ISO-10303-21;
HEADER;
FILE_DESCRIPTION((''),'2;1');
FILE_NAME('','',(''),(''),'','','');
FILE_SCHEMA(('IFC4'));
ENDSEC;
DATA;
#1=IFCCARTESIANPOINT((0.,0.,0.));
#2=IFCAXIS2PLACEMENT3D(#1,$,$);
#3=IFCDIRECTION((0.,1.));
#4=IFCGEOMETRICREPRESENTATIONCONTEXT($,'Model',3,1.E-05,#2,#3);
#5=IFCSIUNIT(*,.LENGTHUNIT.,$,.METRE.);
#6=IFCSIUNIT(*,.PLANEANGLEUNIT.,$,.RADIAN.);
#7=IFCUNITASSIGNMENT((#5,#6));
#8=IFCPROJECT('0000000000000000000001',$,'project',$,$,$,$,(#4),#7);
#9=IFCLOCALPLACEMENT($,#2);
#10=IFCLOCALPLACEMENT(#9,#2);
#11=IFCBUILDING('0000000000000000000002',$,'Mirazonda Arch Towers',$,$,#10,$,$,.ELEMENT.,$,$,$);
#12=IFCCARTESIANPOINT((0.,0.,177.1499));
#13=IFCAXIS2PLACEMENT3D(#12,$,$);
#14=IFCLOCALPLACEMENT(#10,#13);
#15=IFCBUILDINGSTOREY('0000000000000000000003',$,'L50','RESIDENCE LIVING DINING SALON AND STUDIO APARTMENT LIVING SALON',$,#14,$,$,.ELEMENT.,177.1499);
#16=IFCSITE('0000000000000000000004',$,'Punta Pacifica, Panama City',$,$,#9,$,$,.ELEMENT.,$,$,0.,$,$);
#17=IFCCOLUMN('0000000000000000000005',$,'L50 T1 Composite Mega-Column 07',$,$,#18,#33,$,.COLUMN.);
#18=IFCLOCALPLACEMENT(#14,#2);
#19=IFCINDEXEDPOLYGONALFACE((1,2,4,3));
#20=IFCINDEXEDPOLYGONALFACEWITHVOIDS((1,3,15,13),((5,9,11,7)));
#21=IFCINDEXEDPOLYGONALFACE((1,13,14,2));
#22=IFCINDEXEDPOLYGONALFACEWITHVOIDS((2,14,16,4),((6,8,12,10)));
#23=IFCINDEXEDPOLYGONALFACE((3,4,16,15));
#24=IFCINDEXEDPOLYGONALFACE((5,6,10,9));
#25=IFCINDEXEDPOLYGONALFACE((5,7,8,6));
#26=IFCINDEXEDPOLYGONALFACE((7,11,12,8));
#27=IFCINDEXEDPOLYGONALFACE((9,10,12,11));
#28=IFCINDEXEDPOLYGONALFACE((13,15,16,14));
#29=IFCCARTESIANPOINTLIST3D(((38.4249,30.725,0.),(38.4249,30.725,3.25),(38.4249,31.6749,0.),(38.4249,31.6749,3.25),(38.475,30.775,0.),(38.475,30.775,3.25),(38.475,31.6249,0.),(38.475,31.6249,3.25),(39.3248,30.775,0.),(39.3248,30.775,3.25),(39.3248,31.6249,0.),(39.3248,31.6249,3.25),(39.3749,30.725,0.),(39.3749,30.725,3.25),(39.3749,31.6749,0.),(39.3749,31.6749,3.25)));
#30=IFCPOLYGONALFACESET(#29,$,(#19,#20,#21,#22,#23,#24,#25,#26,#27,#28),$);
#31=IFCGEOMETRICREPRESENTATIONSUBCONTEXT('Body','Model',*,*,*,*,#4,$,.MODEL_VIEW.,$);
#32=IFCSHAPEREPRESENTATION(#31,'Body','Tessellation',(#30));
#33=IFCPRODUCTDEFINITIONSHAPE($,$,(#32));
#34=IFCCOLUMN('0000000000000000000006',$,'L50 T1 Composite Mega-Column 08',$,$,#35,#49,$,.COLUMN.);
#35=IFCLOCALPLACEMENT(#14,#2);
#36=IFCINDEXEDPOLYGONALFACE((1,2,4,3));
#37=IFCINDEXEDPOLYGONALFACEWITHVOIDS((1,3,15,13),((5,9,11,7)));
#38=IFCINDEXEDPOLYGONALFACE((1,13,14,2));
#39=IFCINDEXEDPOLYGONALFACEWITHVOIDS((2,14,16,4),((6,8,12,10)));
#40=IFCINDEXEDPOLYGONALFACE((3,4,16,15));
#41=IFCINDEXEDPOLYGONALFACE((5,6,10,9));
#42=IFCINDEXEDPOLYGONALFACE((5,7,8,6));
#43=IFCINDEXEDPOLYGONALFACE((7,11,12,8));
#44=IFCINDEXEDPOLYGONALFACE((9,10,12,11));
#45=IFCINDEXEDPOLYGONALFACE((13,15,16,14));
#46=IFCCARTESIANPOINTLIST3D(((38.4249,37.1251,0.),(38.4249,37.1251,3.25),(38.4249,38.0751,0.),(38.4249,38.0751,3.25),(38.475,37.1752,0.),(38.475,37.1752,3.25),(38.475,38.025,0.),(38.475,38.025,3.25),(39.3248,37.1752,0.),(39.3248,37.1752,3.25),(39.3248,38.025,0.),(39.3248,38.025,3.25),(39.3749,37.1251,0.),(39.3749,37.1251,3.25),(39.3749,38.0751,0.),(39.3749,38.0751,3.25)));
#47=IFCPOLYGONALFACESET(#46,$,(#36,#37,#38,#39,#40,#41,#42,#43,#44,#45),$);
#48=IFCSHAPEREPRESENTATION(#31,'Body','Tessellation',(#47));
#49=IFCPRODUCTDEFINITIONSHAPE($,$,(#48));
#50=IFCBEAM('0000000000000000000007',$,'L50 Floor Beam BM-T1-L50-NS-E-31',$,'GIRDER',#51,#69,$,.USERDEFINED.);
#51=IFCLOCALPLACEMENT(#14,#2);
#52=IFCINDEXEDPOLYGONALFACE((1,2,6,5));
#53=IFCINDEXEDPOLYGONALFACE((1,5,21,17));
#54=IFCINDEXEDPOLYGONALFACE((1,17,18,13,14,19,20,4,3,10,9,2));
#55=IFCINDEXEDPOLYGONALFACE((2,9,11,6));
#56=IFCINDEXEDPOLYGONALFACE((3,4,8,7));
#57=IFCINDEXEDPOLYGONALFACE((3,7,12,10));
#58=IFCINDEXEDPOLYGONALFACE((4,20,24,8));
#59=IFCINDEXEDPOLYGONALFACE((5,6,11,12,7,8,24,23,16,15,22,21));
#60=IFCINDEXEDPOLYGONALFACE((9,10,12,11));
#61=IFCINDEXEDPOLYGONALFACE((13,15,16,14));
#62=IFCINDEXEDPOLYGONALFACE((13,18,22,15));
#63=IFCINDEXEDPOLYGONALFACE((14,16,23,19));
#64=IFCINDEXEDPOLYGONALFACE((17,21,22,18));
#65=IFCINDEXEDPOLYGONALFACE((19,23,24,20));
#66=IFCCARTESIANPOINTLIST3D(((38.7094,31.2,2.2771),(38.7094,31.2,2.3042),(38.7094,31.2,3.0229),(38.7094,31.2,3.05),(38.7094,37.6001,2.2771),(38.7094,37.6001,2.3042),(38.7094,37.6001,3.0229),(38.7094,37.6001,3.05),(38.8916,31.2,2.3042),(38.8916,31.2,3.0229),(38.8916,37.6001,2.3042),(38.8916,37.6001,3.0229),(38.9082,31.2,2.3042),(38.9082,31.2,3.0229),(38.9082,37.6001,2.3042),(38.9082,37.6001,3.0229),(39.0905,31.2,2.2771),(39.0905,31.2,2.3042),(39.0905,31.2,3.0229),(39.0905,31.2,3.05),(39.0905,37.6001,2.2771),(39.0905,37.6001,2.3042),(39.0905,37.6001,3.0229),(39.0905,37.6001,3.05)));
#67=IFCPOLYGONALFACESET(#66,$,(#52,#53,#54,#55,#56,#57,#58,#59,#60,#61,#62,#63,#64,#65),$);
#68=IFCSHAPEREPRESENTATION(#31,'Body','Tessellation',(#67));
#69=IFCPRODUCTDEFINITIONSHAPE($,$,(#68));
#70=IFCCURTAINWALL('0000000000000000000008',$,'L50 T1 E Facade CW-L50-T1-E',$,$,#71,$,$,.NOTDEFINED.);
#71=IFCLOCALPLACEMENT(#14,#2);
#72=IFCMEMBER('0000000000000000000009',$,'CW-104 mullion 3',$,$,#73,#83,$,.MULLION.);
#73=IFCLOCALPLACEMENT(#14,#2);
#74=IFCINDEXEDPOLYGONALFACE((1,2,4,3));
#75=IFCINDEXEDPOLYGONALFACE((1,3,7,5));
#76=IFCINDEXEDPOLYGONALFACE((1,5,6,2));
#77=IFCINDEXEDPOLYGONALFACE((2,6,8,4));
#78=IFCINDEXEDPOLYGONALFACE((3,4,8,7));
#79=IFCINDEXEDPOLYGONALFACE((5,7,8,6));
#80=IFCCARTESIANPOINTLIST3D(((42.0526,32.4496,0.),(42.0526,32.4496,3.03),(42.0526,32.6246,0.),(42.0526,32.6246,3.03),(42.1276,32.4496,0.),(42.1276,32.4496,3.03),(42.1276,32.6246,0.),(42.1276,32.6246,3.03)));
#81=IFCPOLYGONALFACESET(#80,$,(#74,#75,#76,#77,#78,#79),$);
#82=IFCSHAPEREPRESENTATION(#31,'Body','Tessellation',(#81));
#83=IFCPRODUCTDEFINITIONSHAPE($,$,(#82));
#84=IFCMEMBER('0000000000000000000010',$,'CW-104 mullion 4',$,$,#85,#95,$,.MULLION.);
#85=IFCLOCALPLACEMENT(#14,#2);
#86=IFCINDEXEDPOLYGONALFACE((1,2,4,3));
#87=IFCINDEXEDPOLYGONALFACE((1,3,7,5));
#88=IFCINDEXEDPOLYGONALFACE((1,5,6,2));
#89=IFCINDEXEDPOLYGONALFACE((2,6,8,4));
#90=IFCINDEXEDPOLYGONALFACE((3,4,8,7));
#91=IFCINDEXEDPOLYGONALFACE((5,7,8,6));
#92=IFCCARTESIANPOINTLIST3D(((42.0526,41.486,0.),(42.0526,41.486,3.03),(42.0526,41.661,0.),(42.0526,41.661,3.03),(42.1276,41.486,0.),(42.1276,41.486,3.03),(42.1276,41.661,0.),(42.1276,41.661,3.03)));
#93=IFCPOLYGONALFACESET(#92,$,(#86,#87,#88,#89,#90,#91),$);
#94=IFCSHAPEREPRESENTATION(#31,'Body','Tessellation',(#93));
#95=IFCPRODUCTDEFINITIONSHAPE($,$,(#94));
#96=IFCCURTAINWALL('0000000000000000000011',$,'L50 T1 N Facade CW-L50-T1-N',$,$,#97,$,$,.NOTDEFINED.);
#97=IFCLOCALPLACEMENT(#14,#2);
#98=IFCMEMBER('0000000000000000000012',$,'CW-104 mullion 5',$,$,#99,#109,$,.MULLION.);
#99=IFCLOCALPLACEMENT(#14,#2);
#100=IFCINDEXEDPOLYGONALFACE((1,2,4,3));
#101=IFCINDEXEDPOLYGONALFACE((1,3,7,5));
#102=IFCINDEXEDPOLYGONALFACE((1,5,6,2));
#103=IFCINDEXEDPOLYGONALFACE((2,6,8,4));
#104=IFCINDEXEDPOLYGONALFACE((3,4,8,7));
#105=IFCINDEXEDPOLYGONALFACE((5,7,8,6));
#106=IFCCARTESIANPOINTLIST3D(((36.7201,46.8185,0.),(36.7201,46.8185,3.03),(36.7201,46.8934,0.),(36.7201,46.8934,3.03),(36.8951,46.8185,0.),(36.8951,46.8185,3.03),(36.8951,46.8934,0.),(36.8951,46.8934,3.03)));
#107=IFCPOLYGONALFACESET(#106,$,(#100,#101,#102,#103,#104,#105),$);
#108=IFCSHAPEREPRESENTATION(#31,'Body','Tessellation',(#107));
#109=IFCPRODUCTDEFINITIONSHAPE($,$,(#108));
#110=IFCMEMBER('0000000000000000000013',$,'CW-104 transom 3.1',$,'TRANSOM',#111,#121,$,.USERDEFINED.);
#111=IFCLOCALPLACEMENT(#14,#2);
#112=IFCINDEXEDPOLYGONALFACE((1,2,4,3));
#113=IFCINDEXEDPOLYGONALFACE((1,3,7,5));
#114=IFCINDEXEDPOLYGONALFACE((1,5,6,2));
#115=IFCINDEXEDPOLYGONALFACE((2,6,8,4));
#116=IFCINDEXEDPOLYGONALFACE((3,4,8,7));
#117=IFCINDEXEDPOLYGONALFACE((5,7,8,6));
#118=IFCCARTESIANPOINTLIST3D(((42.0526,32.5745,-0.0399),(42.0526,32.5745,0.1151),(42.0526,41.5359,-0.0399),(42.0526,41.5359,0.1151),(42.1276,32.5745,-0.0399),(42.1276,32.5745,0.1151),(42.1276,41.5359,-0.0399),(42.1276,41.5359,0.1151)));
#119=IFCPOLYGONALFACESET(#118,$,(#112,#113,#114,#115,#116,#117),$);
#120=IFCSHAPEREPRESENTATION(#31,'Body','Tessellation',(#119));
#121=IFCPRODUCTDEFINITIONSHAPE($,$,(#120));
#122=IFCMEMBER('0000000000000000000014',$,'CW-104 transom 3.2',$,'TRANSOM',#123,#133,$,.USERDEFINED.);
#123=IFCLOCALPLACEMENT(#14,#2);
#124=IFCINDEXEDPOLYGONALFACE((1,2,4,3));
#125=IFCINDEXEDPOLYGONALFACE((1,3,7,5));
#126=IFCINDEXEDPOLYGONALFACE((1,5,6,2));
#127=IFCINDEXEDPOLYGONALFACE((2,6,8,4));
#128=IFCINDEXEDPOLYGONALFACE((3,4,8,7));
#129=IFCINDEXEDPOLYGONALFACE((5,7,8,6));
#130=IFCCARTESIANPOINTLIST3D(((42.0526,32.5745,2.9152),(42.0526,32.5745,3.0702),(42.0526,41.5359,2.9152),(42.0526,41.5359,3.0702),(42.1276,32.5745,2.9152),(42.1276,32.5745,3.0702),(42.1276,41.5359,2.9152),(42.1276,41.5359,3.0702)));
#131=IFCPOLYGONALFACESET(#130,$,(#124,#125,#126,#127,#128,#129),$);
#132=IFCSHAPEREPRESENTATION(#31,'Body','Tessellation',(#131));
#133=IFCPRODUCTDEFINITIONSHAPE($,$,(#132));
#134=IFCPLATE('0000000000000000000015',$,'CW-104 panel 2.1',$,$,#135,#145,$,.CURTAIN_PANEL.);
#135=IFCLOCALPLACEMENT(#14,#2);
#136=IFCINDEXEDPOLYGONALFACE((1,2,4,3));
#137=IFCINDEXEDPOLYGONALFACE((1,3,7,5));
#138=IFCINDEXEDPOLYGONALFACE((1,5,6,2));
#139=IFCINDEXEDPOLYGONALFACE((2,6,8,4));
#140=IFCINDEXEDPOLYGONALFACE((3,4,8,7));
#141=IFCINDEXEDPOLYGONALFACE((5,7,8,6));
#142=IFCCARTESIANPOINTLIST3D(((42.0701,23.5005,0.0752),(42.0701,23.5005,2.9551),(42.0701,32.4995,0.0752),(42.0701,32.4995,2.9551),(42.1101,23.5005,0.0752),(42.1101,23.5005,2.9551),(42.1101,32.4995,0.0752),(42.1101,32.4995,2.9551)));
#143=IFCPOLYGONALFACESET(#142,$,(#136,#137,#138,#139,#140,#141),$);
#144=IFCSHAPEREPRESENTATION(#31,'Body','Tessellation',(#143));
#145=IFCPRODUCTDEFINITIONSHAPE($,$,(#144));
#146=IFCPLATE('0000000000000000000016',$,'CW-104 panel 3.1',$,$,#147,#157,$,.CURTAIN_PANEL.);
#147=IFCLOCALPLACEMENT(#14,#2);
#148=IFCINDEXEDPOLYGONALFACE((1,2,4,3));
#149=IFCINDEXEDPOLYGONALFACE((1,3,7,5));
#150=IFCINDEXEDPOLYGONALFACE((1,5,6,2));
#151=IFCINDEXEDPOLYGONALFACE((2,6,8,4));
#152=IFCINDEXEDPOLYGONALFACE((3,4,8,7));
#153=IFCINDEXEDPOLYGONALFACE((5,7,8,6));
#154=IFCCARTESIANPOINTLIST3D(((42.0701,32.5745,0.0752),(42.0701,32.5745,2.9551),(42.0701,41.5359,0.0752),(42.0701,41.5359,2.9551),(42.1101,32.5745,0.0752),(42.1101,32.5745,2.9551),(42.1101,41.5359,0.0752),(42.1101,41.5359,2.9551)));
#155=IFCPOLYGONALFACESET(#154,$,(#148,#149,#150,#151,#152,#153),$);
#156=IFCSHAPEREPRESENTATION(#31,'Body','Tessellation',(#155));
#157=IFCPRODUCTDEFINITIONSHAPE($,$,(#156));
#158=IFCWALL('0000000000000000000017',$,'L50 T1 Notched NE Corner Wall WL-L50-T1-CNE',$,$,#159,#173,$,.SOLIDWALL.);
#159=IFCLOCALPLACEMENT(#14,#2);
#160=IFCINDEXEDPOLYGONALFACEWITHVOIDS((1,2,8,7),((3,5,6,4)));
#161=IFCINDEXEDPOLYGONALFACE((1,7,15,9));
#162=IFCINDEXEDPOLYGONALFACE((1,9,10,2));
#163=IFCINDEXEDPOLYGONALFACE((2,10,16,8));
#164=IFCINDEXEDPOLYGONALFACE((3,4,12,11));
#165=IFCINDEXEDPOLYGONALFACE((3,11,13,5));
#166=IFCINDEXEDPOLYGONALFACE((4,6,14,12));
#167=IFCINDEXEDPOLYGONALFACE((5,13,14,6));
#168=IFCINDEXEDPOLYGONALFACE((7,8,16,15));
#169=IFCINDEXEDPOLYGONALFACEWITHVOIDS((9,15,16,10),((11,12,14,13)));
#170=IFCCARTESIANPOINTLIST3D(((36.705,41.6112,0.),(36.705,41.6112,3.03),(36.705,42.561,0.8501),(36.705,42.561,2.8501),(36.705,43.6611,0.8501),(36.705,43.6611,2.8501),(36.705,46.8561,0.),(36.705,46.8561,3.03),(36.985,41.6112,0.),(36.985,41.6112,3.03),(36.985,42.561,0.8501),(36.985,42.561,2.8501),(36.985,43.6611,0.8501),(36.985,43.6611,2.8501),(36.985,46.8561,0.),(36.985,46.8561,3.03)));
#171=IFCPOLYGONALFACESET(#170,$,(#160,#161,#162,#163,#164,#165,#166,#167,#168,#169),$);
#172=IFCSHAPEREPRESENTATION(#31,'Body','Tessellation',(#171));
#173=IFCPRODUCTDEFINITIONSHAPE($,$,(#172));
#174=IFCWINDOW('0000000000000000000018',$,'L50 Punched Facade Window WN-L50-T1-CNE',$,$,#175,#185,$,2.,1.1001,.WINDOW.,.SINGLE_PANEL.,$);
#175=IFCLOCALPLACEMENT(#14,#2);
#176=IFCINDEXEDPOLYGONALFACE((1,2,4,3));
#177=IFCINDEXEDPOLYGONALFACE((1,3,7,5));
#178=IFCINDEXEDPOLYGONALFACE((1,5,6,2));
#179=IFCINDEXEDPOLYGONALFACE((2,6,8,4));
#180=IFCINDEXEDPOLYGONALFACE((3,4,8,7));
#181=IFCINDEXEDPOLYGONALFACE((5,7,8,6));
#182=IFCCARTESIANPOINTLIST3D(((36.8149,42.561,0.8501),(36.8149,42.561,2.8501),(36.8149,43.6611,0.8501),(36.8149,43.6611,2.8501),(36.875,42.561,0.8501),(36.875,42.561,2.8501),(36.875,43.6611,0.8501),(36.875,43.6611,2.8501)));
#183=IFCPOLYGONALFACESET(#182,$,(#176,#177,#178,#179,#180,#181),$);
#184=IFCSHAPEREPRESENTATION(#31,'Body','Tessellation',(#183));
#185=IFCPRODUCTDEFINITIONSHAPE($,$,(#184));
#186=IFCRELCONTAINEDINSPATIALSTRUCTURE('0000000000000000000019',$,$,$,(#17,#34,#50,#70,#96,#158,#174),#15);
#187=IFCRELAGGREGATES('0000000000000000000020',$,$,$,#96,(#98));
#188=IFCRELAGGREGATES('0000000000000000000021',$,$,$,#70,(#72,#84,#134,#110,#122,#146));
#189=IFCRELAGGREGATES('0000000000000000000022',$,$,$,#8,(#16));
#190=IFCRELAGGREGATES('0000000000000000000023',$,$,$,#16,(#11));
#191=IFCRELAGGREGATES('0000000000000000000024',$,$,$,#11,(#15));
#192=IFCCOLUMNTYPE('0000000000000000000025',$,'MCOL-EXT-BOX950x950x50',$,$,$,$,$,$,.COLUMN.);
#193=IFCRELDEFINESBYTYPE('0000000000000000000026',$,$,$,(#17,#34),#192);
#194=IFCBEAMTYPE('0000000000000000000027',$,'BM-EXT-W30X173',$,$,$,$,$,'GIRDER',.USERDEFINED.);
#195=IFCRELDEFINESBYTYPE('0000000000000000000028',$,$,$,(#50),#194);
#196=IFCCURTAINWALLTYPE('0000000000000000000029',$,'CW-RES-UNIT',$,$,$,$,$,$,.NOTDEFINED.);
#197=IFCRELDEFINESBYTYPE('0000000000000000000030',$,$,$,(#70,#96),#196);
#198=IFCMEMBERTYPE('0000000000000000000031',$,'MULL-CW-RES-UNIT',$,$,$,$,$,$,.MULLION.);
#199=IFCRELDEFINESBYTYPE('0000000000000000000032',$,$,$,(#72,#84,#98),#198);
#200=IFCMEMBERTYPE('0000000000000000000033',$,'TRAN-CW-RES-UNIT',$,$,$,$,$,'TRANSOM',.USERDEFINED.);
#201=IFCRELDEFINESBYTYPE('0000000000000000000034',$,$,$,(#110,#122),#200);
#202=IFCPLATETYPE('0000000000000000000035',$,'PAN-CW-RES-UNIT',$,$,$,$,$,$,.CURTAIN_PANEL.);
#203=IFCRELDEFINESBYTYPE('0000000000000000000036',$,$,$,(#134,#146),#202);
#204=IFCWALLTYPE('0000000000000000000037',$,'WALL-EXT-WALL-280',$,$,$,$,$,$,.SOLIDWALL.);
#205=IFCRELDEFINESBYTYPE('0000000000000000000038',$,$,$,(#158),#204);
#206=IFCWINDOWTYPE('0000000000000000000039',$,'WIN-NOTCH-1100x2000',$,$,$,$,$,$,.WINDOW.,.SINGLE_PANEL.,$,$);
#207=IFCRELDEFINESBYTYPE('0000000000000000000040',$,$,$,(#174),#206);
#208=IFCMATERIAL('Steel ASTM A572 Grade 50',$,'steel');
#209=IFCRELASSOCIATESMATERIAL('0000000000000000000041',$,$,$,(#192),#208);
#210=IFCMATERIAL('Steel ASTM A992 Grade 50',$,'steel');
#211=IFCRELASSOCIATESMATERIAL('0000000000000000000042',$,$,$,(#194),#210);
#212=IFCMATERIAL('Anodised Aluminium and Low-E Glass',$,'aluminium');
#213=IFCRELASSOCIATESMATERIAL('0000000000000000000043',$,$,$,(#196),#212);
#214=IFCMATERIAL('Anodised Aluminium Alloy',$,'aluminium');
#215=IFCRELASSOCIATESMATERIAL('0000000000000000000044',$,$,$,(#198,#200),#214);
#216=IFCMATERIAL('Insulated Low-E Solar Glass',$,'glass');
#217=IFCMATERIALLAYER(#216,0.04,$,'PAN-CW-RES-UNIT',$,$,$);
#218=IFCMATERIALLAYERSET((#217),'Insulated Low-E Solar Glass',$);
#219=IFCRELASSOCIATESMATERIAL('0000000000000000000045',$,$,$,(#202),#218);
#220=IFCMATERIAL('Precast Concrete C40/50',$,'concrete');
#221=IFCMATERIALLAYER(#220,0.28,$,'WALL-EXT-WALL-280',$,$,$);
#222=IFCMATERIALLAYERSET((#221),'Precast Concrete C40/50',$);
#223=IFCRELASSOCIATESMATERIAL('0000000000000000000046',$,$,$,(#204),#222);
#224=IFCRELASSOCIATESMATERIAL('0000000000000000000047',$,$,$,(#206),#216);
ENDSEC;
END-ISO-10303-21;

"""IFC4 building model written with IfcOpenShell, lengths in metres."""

from ifc_helpers import new_model, si_unit, direction, frame, frame_2d, origin, origin_2d, place, context, subcontext, project, spatial, rectangle, hollow_rectangle, i_section, extrude, material, layer, layer_set, material_profile, profile_set, type_object, element, fill, aggregate, save


model = new_model("IFC4")

# Units and contexts
model_context = context("Model", 3, precision=1e-05, world=origin(), true_north=direction((0.0, 1.0)))
body_context = subcontext(model_context, "Body", "Model", "MODEL_VIEW")
ifc_project = project(units=[si_unit("LENGTHUNIT", "METRE"), si_unit("PLANEANGLEUNIT", "RADIAN")], contexts=[model_context])

# Site, building, storey
site_placement = place(None, origin())
site = spatial("IfcSite", under=ifc_project, at=site_placement, Name="Punta Pacifica, Panama City", CompositionType="ELEMENT", RefElevation=0.0)
building_placement = place(site_placement, origin())
building = spatial("IfcBuilding", under=site, at=building_placement, Name="Mirazonda Arch Towers", CompositionType="ELEMENT")
storey_placement = place(building_placement, frame((0.0, 0.0, 177.1499)))
storey = spatial("IfcBuildingStorey", under=building, at=storey_placement, Name="L50", Description="RESIDENCE LIVING DINING SALON AND STUDIO APARTMENT LIVING SALON", CompositionType="ELEMENT", Elevation=177.1499)

# Columns
ifc_material_1 = material(Name="Steel ASTM A572 Grade 50", Category="steel")
ifc_material_profile_1 = material_profile(ifc_material_1, hollow_rectangle(XDim=0.95, YDim=0.95, WallThickness=0.05, at=origin_2d()), Name="BOX950x950x50")
ifc_profile_set_1 = profile_set([ifc_material_profile_1], Name="Steel ASTM A572 Grade 50")
column_type = type_object("IfcColumnType", Name="MCOL-EXT-BOX950x950x50", PredefinedType="COLUMN", material=ifc_profile_set_1)
for number, where, z_axis, x_axis, name in (
    (1, (38.8999, 31.2, 0.0), (0.0, 0.0, 1.0), (1.0, 0.0, 0.0), "L50 T1 Composite Mega-Column 07"),
    (2, (38.8999, 37.6001, 0.0), (0.0, 0.0, 1.0), (1.0, 0.0, 0.0), "L50 T1 Composite Mega-Column 08"),
):
    element("IfcColumn", number, at=place(storey_placement, frame(where, z_axis=z_axis, x_axis=x_axis)), inside=storey, type_object=column_type, Name=name, PredefinedType="COLUMN", context=body_context, shape_type="SweptSolid", body=[
        extrude(hollow_rectangle(XDim=0.95, YDim=0.95, WallThickness=0.05, at=origin_2d()), origin(), (0.0, 0.0, 1.0), 3.25),
    ])

# Beam
ifc_material_2 = material(Name="Steel ASTM A992 Grade 50", Category="steel")
ifc_material_profile_2 = material_profile(ifc_material_2, i_section(OverallWidth=0.3811, OverallDepth=0.7729, WebThickness=0.0166, FlangeThickness=0.0271, at=origin_2d()), Name="W30X173")
ifc_profile_set_2 = profile_set([ifc_material_profile_2], Name="Steel ASTM A992 Grade 50")
beam_type = type_object("IfcBeamType", Name="BM-EXT-W30X173", ElementType="GIRDER", PredefinedType="USERDEFINED", material=ifc_profile_set_2)
beam_placement = place(storey_placement, frame((38.8999, 31.2, 2.6636), z_axis=(0.0, 1.0, 0.0), x_axis=(-1.0, 0.0, 0.0)))
element("IfcBeam", 3, at=beam_placement, inside=storey, type_object=beam_type, Name="L50 Floor Beam BM-T1-L50-NS-E-31", ObjectType="GIRDER", PredefinedType="USERDEFINED", context=body_context, shape_type="SweptSolid", body=[
    extrude(i_section(OverallWidth=0.3811, OverallDepth=0.7729, WebThickness=0.0166, FlangeThickness=0.0271, at=origin_2d()), origin(), (0.0, 0.0, 1.0), 6.4001),
])

# Curtain wall, members
ifc_material_3 = material(Name="Anodised Aluminium and Low-E Glass", Category="aluminium")
curtain_wall_type = type_object("IfcCurtainWallType", Name="CW-RES-UNIT", PredefinedType="NOTDEFINED", material=ifc_material_3)
curtain_wall_1_placement = place(storey_placement, origin())
curtain_wall_1 = element("IfcCurtainWall", 4, at=curtain_wall_1_placement, inside=storey, type_object=curtain_wall_type, Name="L50 T1 E Facade CW-L50-T1-E", PredefinedType="NOTDEFINED")
ifc_material_4 = material(Name="Anodised Aluminium Alloy", Category="aluminium")
ifc_material_profile_3 = material_profile(ifc_material_4, rectangle(XDim=0.075, YDim=0.175, at=origin_2d()), Name="ALU-MULL-75x175")
ifc_profile_set_3 = profile_set([ifc_material_profile_3], Name="Anodised Aluminium Alloy")
member_type_1 = type_object("IfcMemberType", Name="MULL-CW-RES-UNIT", PredefinedType="MULLION", material=ifc_profile_set_3)
member_1_placement = place(storey_placement, frame((42.0901, 32.5371, 0.0), z_axis=(0.0, 0.0, 1.0), x_axis=(-1.0, 0.0, 0.0)))
member_1 = element("IfcMember", 5, at=member_1_placement, type_object=member_type_1, Name="CW-104 mullion 3", PredefinedType="MULLION", context=body_context, shape_type="SweptSolid", body=[
    extrude(rectangle(XDim=0.075, YDim=0.175, at=origin_2d()), origin(), (0.0, 0.0, 1.0), 3.03),
])
member_2_placement = place(storey_placement, frame((42.0901, 41.5735, 0.0), z_axis=(0.0, 0.0, 1.0), x_axis=(-1.0, 0.0, 0.0)))
member_2 = element("IfcMember", 6, at=member_2_placement, type_object=member_type_1, Name="CW-104 mullion 4", PredefinedType="MULLION", context=body_context, shape_type="SweptSolid", body=[
    extrude(rectangle(XDim=0.075, YDim=0.175, at=origin_2d()), origin(), (0.0, 0.0, 1.0), 3.03),
])

# Curtain wall, member
curtain_wall_2_placement = place(storey_placement, origin())
curtain_wall_2 = element("IfcCurtainWall", 7, at=curtain_wall_2_placement, inside=storey, type_object=curtain_wall_type, Name="L50 T1 N Facade CW-L50-T1-N", PredefinedType="NOTDEFINED")
member_3_placement = place(storey_placement, frame((36.8076, 46.856, 0.0), z_axis=(0.0, 0.0, 1.0), x_axis=(0.0, 1.0, 0.0)))
member_3 = element("IfcMember", 8, at=member_3_placement, type_object=member_type_1, Name="CW-104 mullion 5", PredefinedType="MULLION", context=body_context, shape_type="SweptSolid", body=[
    extrude(rectangle(XDim=0.075, YDim=0.175, at=origin_2d()), origin(), (0.0, 0.0, 1.0), 3.03),
])
aggregate(curtain_wall_2, [member_3])

# Members
ifc_material_profile_4 = material_profile(ifc_material_4, rectangle(XDim=0.075, YDim=0.155, at=origin_2d()), Name="ALU-TRAN-75x155")
ifc_profile_set_4 = profile_set([ifc_material_profile_4], Name="Anodised Aluminium Alloy")
member_type_2 = type_object("IfcMemberType", Name="TRAN-CW-RES-UNIT", ElementType="TRANSOM", PredefinedType="USERDEFINED", material=ifc_profile_set_4)
member_4_placement = place(storey_placement, frame((42.0901, 32.5745, 0.0376), z_axis=(0.0, 1.0, 0.0), x_axis=(-1.0, 0.0, 0.0)))
member_4 = element("IfcMember", 9, at=member_4_placement, type_object=member_type_2, Name="CW-104 transom 3.1", ObjectType="TRANSOM", PredefinedType="USERDEFINED", context=body_context, shape_type="SweptSolid", body=[
    extrude(rectangle(XDim=0.075, YDim=0.155, at=origin_2d()), origin(), (0.0, 0.0, 1.0), 8.9614),
])
member_5_placement = place(storey_placement, frame((42.0901, 32.5745, 2.9927), z_axis=(0.0, 1.0, 0.0), x_axis=(-1.0, 0.0, 0.0)))
member_5 = element("IfcMember", 10, at=member_5_placement, type_object=member_type_2, Name="CW-104 transom 3.2", ObjectType="TRANSOM", PredefinedType="USERDEFINED", context=body_context, shape_type="SweptSolid", body=[
    extrude(rectangle(XDim=0.075, YDim=0.155, at=origin_2d()), origin(), (0.0, 0.0, 1.0), 8.9614),
])

# Plates
ifc_material_5 = material(Name="Insulated Low-E Solar Glass", Category="glass")
ifc_layer_1 = layer(ifc_material_5, 0.04, Name="PAN-CW-RES-UNIT")
ifc_layer_set_1 = layer_set([ifc_layer_1], Name="Insulated Low-E Solar Glass")
plate_type = type_object("IfcPlateType", Name="PAN-CW-RES-UNIT", PredefinedType="CURTAIN_PANEL", material=ifc_layer_set_1)
plate_1_placement = place(storey_placement, frame((42.0901, 28.0, 0.0752), z_axis=(0.0, 0.0, 1.0), x_axis=(0.0, 1.0, 0.0)))
plate_1 = element("IfcPlate", 11, at=plate_1_placement, type_object=plate_type, Name="CW-104 panel 2.1", PredefinedType="CURTAIN_PANEL", context=body_context, shape_type="SweptSolid", body=[
    extrude(rectangle(XDim=8.999, YDim=0.04, at=origin_2d()), origin(), (0.0, 0.0, 1.0), 2.8799),
])
plate_2_placement = place(storey_placement, frame((42.0901, 37.0552, 0.0752), z_axis=(0.0, 0.0, 1.0), x_axis=(0.0, 1.0, 0.0)))
plate_2 = element("IfcPlate", 12, at=plate_2_placement, type_object=plate_type, Name="CW-104 panel 3.1", PredefinedType="CURTAIN_PANEL", context=body_context, shape_type="SweptSolid", body=[
    extrude(rectangle(XDim=8.9614, YDim=0.04, at=origin_2d()), origin(), (0.0, 0.0, 1.0), 2.8799),
])
aggregate(curtain_wall_1, [member_1, member_2, plate_1, member_4, member_5, plate_2])

# Wall, opening, window
ifc_material_6 = material(Name="Precast Concrete C40/50", Category="concrete")
ifc_layer_2 = layer(ifc_material_6, 0.28, Name="WALL-EXT-WALL-280")
ifc_layer_set_2 = layer_set([ifc_layer_2], Name="Precast Concrete C40/50")
wall_type_1 = type_object("IfcWallType", Name="WALL-EXT-WALL-280", PredefinedType="SOLIDWALL", material=ifc_layer_set_2)
wall_1_placement = place(storey_placement, frame((36.845, 41.6111, 0.0), z_axis=(0.0, 0.0, 1.0), x_axis=(0.0, 1.0, 0.0)))
wall_1 = element("IfcWall", 13, at=wall_1_placement, inside=storey, type_object=wall_type_1, Name="L50 T1 Notched NE Corner Wall WL-L50-T1-CNE", PredefinedType="SOLIDWALL", context=body_context, shape_type="SweptSolid", body=[
    extrude(rectangle(XDim=5.2449, YDim=0.28, at=frame_2d((2.6226, 0.0))), origin(), (0.0, 0.0, 1.0), 3.03),
])
opening_1_placement = place(wall_1_placement, frame((0.95, 0.0, 0.8501)))
opening_1 = element("IfcOpeningElement", 14, at=opening_1_placement, cuts=wall_1, PredefinedType="OPENING", context=body_context, shape_type="SweptSolid", body=[
    extrude(rectangle(XDim=1.1001, YDim=2.0, at=frame_2d((0.55, 1.0))), frame((0.0, 0.1499, 0.0), z_axis=(0.0, -1.0, 0.0), x_axis=(1.0, 0.0, 0.0)), (0.0, 0.0, 1.0), 0.3),
])
window_type = type_object("IfcWindowType", Name="WIN-NOTCH-1100x2000", PartitioningType="SINGLE_PANEL", PredefinedType="WINDOW", material=ifc_material_5)
window_1_placement = place(opening_1_placement, origin())
window_1 = element("IfcWindow", 15, at=window_1_placement, inside=storey, type_object=window_type, Name="L50 Punched Facade Window WN-L50-T1-CNE", OverallHeight=2.0, OverallWidth=1.1001, PartitioningType="SINGLE_PANEL", PredefinedType="WINDOW", context=body_context, shape_type="SweptSolid", body=[
    extrude(rectangle(XDim=1.1001, YDim=2.0, at=frame_2d((0.55, 1.0))), frame((0.0, 0.03, 0.0), z_axis=(0.0, -1.0, 0.0), x_axis=(1.0, 0.0, 0.0)), (0.0, 0.0, 1.0), 0.0601),
])
fill(opening_1, window_1)

save(model, "model.ifc")
